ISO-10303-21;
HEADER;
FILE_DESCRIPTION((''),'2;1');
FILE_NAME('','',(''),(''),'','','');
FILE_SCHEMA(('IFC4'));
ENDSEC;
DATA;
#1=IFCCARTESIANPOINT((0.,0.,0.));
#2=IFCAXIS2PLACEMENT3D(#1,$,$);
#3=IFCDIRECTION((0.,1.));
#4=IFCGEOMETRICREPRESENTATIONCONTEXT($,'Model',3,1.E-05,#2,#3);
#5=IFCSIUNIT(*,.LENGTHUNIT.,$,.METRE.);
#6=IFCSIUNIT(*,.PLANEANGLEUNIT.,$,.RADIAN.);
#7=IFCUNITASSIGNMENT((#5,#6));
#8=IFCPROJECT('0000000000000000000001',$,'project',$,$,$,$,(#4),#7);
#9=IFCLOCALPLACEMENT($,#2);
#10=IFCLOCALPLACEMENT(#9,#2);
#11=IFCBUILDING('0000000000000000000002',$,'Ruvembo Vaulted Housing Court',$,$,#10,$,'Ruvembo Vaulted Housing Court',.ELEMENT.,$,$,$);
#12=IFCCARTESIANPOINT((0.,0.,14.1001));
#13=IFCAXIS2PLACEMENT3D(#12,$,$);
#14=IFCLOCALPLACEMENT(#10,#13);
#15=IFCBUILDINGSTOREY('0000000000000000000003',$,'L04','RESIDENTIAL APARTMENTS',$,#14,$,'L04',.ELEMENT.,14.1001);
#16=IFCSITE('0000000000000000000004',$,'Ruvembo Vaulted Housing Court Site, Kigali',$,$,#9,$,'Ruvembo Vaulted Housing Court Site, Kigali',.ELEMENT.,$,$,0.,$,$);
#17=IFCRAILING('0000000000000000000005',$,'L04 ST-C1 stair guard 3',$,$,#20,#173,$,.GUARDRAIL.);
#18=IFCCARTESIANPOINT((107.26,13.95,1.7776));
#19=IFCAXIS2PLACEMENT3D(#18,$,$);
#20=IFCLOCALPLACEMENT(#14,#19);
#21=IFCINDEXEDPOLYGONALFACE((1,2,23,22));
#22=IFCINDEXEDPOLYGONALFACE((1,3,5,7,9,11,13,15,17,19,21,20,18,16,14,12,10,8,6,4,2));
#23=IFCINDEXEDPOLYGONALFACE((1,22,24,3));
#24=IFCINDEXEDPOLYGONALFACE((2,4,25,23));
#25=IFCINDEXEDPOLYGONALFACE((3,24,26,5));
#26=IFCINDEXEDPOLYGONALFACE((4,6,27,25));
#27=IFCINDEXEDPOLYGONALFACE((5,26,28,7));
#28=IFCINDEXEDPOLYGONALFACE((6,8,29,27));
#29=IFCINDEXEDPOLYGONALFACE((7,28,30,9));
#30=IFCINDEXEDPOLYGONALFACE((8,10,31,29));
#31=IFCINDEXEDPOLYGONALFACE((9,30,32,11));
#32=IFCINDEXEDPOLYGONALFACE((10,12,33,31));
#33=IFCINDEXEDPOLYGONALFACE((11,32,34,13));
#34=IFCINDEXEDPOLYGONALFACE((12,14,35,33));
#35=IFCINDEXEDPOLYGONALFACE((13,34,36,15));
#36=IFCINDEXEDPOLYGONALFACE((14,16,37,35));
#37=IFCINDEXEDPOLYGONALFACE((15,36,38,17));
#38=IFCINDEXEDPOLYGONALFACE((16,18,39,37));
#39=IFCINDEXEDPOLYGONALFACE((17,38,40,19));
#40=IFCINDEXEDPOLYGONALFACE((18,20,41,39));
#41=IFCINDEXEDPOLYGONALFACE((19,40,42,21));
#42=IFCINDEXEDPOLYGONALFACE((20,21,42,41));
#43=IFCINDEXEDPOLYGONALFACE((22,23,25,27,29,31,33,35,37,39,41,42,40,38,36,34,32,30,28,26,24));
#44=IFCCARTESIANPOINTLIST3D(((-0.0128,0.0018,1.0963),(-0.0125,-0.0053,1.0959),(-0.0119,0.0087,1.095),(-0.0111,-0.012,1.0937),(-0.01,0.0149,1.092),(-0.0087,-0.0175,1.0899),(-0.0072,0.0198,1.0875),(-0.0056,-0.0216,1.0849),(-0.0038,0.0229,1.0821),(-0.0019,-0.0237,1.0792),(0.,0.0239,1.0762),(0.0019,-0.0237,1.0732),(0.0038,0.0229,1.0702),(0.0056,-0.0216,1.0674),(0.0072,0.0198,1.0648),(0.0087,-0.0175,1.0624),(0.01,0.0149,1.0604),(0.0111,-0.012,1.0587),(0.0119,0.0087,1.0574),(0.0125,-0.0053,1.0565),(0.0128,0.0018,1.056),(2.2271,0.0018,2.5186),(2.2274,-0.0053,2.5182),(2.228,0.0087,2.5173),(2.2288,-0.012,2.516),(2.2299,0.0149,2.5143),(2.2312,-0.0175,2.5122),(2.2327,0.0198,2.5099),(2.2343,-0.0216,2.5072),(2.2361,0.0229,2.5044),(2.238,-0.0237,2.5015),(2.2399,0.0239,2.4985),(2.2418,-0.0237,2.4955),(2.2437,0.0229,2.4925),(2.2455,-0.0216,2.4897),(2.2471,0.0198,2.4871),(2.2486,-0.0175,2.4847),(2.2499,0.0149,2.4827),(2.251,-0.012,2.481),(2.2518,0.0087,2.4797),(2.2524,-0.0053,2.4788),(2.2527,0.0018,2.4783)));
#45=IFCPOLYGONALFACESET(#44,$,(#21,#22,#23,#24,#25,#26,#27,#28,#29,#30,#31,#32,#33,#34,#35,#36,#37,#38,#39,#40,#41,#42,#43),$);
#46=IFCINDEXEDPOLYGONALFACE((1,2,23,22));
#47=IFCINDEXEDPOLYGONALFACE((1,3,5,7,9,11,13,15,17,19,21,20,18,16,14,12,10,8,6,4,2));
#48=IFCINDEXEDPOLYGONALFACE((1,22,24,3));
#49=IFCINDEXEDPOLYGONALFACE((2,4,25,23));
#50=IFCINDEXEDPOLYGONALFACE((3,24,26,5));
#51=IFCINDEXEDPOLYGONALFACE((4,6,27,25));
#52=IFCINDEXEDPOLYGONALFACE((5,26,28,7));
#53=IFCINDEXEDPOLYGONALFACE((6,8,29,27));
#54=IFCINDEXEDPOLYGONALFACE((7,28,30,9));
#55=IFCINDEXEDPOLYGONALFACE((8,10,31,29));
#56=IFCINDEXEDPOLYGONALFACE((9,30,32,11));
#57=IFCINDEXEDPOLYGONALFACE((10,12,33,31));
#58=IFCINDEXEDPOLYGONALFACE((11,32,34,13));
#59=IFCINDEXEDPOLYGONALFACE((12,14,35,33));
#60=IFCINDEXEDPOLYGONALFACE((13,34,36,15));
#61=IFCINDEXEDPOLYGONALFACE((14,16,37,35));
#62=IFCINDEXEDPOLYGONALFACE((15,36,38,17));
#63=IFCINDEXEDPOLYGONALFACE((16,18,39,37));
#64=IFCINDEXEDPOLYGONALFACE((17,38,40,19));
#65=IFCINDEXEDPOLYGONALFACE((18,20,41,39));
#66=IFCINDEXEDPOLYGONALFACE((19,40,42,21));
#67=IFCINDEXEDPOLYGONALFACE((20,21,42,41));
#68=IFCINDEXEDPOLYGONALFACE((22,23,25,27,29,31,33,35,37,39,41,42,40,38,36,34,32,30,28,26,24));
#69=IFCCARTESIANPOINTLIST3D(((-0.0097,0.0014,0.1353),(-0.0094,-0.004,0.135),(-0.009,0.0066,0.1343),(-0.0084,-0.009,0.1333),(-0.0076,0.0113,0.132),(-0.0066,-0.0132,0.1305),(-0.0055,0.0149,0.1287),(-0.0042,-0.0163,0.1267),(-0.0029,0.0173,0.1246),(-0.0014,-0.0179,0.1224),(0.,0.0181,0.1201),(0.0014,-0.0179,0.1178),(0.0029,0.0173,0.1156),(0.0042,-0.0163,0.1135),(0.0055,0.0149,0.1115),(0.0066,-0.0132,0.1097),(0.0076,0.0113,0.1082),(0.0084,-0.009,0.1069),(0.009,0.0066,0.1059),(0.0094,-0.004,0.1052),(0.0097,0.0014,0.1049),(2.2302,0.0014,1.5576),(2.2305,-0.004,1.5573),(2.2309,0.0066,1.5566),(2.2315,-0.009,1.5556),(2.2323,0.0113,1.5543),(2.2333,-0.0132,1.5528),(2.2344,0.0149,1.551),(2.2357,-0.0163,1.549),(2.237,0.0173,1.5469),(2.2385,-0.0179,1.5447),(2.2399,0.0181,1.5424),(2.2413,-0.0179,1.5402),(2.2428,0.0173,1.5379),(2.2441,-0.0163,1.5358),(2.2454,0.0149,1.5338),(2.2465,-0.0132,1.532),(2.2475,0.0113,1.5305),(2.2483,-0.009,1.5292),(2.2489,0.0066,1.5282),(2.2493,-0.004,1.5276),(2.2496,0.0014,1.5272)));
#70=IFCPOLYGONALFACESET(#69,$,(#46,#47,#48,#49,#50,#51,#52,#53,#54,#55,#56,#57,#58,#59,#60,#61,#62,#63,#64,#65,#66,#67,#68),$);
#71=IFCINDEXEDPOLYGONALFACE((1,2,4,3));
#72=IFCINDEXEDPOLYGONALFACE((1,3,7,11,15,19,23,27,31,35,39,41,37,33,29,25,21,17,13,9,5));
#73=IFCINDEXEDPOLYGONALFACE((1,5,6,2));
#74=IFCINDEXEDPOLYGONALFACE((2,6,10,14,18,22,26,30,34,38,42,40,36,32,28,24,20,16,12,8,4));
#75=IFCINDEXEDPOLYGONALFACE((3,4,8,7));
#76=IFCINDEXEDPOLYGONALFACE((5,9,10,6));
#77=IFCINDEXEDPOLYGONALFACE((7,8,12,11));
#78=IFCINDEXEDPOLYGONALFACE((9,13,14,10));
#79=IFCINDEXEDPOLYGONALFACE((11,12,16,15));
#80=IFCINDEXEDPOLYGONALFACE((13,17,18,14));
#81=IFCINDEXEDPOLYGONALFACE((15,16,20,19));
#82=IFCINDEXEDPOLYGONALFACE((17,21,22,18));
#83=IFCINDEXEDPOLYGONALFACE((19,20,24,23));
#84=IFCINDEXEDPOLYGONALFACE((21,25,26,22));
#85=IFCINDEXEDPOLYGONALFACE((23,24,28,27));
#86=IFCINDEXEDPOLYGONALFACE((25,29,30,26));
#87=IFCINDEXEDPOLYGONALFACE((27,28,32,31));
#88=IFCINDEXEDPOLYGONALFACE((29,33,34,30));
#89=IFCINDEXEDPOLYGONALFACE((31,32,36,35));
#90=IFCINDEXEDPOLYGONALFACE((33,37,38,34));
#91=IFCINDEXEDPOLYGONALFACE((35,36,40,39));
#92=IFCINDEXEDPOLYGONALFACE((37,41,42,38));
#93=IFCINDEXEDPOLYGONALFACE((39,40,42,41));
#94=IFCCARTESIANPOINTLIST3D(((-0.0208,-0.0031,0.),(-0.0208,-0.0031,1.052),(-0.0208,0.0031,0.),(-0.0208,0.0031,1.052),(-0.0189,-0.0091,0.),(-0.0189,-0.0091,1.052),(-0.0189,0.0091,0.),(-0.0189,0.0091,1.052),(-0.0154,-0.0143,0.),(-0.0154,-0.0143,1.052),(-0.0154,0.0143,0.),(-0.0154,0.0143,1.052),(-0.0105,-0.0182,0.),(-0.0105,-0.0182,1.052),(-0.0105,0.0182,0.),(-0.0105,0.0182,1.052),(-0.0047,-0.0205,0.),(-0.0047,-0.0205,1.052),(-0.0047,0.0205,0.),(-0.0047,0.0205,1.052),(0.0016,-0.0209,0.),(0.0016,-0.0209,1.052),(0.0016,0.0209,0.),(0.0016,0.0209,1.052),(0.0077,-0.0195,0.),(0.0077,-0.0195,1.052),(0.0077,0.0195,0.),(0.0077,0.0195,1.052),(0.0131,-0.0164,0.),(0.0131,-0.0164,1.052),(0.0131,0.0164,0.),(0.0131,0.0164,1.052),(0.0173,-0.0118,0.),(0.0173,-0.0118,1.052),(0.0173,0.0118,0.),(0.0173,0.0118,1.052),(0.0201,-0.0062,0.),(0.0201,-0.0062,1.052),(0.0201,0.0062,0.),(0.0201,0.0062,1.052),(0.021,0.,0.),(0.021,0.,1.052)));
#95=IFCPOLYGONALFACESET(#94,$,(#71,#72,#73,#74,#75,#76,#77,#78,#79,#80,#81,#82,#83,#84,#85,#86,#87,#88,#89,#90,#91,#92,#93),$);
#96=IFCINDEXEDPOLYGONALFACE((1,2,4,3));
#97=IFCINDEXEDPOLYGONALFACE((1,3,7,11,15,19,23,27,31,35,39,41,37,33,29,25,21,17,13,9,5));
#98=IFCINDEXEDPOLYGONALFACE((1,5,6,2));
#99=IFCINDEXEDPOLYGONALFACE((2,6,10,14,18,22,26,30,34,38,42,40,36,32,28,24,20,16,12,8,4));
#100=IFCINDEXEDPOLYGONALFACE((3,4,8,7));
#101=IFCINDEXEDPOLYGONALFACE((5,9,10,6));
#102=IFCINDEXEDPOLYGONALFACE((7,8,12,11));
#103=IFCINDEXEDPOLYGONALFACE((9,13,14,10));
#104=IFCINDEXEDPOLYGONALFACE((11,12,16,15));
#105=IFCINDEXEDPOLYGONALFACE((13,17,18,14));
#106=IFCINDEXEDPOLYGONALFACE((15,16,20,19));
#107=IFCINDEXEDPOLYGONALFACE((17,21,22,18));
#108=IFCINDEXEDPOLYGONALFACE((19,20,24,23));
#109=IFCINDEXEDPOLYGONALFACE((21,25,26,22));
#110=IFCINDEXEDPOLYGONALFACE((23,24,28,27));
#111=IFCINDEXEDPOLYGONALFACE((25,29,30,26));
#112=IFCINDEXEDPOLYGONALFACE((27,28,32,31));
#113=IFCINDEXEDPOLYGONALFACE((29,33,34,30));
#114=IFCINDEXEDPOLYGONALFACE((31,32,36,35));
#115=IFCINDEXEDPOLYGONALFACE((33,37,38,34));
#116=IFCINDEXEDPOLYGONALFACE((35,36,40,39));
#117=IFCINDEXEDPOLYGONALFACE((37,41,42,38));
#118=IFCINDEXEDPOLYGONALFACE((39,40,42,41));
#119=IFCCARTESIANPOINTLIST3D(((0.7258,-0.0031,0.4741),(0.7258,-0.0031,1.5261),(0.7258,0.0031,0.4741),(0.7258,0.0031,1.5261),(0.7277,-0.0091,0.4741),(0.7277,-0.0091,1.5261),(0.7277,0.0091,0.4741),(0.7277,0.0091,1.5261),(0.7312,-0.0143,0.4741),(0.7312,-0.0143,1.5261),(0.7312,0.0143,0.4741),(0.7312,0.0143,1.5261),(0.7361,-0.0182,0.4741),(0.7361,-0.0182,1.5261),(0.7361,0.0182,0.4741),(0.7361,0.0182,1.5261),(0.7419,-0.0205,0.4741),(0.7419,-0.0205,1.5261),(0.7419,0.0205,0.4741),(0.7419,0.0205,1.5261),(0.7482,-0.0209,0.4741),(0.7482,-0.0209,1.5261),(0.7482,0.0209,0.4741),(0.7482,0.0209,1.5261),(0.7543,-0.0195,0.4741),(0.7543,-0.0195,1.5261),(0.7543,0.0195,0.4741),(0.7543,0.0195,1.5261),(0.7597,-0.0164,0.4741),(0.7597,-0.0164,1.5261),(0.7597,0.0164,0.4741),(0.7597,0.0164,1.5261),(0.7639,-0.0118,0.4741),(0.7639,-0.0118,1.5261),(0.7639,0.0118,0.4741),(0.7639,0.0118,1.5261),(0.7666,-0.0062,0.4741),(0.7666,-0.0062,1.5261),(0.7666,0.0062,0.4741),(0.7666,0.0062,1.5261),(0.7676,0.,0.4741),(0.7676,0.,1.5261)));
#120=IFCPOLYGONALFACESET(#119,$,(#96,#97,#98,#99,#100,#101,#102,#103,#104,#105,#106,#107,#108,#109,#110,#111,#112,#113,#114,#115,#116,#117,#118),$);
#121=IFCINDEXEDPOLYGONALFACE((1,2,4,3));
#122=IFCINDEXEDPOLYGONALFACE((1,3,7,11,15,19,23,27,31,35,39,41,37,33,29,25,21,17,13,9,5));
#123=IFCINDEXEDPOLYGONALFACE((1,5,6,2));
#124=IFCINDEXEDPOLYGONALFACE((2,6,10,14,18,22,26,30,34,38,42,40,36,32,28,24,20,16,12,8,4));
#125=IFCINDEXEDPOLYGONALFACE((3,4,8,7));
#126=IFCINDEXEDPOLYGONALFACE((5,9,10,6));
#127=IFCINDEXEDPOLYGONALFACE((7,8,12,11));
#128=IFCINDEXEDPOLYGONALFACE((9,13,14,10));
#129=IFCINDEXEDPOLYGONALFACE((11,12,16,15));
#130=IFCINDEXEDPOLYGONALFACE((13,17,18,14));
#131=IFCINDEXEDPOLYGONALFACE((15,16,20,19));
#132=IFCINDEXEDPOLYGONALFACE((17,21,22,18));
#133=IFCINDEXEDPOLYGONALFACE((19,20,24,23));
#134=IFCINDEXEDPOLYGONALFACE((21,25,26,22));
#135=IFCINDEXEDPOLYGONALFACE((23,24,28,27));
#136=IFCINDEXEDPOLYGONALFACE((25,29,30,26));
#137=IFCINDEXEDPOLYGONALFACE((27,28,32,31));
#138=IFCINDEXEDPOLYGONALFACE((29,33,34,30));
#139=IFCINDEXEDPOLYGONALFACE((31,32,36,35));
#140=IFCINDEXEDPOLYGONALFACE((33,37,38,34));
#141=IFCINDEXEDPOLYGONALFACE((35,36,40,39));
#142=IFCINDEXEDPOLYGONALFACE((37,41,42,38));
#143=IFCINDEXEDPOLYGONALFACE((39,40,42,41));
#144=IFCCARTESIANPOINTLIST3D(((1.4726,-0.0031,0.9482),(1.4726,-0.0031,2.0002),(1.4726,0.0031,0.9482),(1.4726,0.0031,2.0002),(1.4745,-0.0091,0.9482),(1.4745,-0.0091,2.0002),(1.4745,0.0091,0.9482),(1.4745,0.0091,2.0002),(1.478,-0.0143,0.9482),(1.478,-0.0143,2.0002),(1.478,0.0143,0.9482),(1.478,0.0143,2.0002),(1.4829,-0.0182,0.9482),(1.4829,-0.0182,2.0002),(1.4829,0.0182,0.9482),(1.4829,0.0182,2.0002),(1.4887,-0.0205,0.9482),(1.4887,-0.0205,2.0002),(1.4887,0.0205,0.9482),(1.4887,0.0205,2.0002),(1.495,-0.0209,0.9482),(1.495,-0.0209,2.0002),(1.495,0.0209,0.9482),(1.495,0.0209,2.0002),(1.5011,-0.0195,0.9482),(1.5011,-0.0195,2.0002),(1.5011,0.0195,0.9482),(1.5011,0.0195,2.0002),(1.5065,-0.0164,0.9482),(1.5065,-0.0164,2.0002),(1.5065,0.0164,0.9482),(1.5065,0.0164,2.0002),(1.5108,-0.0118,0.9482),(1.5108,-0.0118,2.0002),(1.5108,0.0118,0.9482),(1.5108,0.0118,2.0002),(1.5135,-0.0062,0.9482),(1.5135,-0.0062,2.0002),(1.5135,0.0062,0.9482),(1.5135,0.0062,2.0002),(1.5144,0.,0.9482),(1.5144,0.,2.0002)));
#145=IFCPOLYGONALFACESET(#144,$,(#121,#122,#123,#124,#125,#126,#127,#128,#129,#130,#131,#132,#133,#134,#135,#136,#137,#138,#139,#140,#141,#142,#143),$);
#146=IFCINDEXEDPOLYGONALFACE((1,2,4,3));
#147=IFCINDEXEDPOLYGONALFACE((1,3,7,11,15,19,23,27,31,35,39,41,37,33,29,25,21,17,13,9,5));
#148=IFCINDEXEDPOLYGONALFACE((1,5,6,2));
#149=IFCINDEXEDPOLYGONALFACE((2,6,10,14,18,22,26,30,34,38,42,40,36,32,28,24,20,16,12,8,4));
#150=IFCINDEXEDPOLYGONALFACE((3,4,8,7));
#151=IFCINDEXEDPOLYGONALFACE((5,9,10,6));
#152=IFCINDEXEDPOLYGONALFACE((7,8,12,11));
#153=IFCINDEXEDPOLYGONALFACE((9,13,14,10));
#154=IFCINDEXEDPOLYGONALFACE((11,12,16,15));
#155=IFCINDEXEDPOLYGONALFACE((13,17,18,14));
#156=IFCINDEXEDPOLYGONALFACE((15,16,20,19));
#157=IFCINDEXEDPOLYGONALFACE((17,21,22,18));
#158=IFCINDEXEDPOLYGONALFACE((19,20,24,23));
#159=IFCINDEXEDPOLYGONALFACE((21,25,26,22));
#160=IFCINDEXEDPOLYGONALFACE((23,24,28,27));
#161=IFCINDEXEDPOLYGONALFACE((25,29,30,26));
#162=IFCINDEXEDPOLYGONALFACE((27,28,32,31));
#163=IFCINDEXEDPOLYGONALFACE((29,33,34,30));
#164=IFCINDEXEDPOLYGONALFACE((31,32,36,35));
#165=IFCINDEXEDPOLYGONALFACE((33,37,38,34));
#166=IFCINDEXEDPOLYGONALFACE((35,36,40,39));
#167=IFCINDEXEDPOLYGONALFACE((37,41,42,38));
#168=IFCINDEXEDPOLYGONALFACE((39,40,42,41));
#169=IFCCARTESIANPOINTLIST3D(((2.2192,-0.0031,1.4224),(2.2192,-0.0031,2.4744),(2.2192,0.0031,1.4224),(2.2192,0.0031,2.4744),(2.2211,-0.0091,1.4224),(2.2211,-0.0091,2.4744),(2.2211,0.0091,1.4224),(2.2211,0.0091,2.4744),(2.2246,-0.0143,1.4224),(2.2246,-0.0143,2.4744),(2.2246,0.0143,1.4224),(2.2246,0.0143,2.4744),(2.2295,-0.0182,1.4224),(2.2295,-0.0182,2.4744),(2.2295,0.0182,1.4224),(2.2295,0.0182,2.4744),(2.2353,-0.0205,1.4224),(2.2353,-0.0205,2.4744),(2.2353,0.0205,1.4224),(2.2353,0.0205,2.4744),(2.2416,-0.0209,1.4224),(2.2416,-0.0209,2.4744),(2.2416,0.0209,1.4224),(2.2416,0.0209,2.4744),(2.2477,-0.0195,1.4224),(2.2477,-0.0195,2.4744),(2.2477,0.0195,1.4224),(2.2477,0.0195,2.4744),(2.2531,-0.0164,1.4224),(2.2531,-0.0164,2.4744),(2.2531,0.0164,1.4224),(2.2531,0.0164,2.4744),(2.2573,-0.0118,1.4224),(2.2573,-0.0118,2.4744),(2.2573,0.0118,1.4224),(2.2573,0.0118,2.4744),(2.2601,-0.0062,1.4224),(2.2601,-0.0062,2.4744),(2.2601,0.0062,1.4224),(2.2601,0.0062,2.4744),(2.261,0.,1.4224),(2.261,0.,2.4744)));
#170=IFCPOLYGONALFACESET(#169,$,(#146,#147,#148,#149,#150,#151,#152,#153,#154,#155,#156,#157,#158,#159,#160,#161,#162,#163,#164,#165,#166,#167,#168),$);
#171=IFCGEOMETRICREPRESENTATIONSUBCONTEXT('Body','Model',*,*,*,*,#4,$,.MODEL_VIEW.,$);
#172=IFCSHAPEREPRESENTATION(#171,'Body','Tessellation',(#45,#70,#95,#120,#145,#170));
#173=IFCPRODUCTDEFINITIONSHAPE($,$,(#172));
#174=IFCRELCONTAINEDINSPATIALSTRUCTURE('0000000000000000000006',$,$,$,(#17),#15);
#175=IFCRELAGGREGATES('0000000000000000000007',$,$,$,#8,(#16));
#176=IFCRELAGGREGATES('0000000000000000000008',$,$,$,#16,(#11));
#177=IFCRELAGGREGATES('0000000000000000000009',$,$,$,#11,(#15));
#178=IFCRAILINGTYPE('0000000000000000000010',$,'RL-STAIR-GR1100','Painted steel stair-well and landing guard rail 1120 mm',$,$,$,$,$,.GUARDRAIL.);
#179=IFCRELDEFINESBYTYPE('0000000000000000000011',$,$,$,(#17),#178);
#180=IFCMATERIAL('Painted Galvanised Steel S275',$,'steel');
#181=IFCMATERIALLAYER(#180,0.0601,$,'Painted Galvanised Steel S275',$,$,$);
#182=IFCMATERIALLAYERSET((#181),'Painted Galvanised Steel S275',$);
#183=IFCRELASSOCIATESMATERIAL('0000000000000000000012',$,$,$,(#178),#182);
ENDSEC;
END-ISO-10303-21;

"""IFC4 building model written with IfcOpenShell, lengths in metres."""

from ifc_helpers import new_model, si_unit, direction, frame, origin, origin_2d, place, context, subcontext, project, spatial, circle, extrude, material, layer, layer_set, type_object, element, save


model = new_model("IFC4")

# Units and contexts
model_context = context("Model", 3, precision=1e-05, world=origin(), true_north=direction((0.0, 1.0)))
body_context = subcontext(model_context, "Body", "Model", "MODEL_VIEW")
ifc_project = project(units=[si_unit("LENGTHUNIT", "METRE"), si_unit("PLANEANGLEUNIT", "RADIAN")], contexts=[model_context])

# Site, building, storey
site_placement = place(None, origin())
site = spatial("IfcSite", under=ifc_project, at=site_placement, Name="Ruvembo Vaulted Housing Court Site, Kigali", LongName="Ruvembo Vaulted Housing Court Site, Kigali", CompositionType="ELEMENT", RefElevation=0.0)
building_placement = place(site_placement, origin())
building = spatial("IfcBuilding", under=site, at=building_placement, Name="Ruvembo Vaulted Housing Court", LongName="Ruvembo Vaulted Housing Court", CompositionType="ELEMENT")
storey_placement = place(building_placement, frame((0.0, 0.0, 14.1001)))
storey = spatial("IfcBuildingStorey", under=building, at=storey_placement, Name="L04", Description="RESIDENTIAL APARTMENTS", LongName="L04", CompositionType="ELEMENT", Elevation=14.1001)

# Railing
ifc_material_1 = material(Name="Painted Galvanised Steel S275", Category="steel")
ifc_layer_1 = layer(ifc_material_1, 0.0601, Name="Painted Galvanised Steel S275")
ifc_layer_set_1 = layer_set([ifc_layer_1], Name="Painted Galvanised Steel S275")
railing_type_1 = type_object("IfcRailingType", Name="RL-STAIR-GR1100", Description="Painted steel stair-well and landing guard rail 1120 mm", PredefinedType="GUARDRAIL", material=ifc_layer_set_1)
railing_1_placement = place(storey_placement, frame((107.26, 13.95, 1.7776)))
element("IfcRailing", 1, at=railing_1_placement, inside=storey, type_object=railing_type_1, Name="L04 ST-C1 stair guard 3", PredefinedType="GUARDRAIL", context=body_context, shape_type="SweptSolid", body=[
    extrude(circle(Radius=0.0239, at=origin_2d()), frame((0.0, 0.0, 1.0762), z_axis=(0.844188, 0.0, 0.536048), x_axis=(0.0, 1.0, 0.0)), (0.0, 0.0, 1.0), 2.6533),
    extrude(circle(Radius=0.0181, at=origin_2d()), frame((0.0, 0.0, 0.1201), z_axis=(0.844188, 0.0, 0.536048), x_axis=(0.0, 1.0, 0.0)), (0.0, 0.0, 1.0), 2.6533),
    extrude(circle(Radius=0.021, at=origin_2d()), origin(), (0.0, 0.0, 1.0), 1.052),
    extrude(circle(Radius=0.021, at=origin_2d()), frame((0.7466, 0.0, 0.4741)), (0.0, 0.0, 1.0), 1.052),
    extrude(circle(Radius=0.021, at=origin_2d()), frame((1.4934, 0.0, 0.9482)), (0.0, 0.0, 1.0), 1.052),
    extrude(circle(Radius=0.021, at=origin_2d()), frame((2.24, 0.0, 1.4224)), (0.0, 0.0, 1.0), 1.052),
])

save(model, "model.ifc")
